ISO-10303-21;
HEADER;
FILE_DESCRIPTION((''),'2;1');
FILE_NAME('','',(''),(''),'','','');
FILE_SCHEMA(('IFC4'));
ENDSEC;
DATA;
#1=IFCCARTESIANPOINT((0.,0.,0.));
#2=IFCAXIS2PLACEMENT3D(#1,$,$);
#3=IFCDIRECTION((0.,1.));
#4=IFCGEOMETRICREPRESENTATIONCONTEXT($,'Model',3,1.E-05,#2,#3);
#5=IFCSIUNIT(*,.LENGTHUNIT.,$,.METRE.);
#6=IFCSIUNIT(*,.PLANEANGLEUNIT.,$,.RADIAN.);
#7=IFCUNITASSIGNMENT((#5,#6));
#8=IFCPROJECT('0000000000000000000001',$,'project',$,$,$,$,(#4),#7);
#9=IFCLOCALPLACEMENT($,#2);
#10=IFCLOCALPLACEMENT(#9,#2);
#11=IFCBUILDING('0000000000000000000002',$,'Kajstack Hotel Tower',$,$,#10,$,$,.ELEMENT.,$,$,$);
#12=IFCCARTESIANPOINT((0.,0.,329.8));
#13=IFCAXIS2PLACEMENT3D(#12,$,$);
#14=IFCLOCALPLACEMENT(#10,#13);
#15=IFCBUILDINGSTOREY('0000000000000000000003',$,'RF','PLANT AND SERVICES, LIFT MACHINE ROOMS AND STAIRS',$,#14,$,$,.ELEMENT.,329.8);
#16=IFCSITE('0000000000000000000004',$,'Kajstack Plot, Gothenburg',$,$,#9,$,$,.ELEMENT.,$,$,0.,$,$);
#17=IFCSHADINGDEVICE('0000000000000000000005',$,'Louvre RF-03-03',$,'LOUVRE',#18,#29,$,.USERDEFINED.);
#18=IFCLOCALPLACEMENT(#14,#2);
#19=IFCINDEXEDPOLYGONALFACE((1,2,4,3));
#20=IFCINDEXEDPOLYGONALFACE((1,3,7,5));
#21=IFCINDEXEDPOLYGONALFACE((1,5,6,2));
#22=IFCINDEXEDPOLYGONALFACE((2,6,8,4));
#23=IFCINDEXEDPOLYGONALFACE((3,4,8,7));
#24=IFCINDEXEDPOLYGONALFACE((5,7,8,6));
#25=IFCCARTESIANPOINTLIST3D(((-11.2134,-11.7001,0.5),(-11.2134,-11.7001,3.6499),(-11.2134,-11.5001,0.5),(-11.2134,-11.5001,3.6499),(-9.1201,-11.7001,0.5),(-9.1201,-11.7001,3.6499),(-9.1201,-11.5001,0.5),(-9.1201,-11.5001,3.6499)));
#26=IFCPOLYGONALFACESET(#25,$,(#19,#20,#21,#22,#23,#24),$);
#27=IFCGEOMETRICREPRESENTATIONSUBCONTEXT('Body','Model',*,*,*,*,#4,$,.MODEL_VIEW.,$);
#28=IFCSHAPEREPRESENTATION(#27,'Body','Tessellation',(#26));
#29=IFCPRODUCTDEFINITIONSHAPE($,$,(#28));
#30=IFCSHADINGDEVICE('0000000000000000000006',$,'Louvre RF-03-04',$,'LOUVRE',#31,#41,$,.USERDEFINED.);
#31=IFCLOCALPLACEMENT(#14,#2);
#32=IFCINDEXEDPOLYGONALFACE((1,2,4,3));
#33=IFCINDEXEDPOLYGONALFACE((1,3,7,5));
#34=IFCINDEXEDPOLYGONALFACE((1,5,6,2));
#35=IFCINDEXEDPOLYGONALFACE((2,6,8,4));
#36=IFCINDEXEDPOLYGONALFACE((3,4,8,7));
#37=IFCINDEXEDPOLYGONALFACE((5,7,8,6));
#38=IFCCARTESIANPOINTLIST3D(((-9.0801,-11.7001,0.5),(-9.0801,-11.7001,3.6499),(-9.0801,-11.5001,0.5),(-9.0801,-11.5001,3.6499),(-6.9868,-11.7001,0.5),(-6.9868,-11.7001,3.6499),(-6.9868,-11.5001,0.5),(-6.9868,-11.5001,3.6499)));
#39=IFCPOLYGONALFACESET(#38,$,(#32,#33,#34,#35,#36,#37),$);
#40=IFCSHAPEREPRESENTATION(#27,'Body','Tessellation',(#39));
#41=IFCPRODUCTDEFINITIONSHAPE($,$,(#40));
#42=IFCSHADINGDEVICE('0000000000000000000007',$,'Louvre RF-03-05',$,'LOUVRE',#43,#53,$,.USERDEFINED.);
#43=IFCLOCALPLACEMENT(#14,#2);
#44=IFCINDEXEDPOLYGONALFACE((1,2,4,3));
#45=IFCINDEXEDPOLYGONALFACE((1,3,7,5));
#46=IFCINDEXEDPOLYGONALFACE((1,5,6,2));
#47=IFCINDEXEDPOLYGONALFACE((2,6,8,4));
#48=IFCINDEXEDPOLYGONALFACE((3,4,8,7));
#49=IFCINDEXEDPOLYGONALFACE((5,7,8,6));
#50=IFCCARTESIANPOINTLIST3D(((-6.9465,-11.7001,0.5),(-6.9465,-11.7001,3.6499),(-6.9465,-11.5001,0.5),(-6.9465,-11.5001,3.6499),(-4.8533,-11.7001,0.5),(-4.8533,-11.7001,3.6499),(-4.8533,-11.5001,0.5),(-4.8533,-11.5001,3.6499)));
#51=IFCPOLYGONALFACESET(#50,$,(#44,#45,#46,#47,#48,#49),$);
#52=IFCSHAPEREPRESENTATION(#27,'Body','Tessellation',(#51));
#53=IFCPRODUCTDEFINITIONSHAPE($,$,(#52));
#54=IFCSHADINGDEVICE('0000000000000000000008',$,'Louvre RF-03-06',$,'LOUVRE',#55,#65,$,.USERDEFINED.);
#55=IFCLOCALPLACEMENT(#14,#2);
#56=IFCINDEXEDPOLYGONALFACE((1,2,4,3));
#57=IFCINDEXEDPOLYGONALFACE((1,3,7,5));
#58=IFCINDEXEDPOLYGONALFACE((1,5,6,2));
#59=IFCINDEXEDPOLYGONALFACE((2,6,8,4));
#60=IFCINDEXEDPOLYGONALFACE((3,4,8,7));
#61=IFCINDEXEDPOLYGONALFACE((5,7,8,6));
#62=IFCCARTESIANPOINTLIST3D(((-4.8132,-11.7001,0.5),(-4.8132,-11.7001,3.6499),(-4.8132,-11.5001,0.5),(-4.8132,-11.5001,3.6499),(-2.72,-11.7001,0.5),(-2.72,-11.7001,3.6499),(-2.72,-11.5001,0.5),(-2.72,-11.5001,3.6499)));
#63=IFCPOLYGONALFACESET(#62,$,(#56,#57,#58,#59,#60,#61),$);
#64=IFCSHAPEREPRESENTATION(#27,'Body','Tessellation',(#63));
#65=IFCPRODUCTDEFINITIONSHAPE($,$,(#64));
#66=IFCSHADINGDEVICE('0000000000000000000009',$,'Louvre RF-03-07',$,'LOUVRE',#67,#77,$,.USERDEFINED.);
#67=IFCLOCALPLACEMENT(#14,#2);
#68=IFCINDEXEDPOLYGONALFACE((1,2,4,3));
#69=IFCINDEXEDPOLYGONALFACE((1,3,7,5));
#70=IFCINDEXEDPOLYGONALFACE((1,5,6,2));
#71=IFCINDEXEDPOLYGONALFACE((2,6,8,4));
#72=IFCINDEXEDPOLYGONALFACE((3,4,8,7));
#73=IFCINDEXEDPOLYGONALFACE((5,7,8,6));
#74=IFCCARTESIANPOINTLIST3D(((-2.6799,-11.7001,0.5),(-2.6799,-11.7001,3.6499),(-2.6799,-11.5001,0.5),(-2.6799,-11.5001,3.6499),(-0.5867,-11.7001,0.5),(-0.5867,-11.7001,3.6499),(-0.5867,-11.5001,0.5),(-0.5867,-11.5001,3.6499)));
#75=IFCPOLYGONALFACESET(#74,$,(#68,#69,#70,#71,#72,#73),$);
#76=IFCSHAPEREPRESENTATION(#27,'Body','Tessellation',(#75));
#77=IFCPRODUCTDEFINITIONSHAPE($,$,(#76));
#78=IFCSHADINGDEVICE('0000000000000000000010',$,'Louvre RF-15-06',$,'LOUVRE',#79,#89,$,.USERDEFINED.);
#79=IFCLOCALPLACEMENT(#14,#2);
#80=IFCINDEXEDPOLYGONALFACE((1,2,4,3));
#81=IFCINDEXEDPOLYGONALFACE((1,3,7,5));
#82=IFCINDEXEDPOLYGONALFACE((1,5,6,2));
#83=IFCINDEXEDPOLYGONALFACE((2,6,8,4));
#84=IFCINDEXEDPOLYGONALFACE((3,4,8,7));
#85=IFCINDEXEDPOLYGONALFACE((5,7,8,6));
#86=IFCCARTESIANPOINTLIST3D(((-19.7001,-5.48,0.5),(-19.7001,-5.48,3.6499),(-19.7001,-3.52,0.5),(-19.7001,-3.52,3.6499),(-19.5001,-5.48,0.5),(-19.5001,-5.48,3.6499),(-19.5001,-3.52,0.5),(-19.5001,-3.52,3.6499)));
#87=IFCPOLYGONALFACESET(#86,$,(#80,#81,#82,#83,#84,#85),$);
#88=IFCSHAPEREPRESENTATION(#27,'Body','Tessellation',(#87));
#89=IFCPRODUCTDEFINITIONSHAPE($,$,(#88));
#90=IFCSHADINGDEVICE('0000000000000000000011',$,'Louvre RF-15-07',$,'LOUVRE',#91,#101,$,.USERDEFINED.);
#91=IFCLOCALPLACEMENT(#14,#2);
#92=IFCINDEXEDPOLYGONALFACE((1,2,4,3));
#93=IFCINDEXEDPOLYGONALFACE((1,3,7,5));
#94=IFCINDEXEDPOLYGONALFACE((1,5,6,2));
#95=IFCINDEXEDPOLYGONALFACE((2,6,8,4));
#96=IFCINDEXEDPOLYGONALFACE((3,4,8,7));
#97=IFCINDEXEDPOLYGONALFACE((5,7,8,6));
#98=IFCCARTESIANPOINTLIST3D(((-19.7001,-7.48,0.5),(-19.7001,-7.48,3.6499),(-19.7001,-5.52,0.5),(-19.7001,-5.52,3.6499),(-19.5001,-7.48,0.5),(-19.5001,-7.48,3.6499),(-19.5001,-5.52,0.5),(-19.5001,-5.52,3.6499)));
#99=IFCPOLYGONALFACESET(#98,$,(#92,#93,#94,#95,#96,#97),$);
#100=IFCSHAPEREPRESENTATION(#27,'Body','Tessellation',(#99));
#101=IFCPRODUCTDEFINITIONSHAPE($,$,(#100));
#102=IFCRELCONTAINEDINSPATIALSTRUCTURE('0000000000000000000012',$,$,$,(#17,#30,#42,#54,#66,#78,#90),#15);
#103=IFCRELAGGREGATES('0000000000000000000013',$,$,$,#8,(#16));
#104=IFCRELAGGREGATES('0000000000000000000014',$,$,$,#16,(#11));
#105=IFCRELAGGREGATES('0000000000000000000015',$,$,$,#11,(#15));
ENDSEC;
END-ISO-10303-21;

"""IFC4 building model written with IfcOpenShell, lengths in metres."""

from ifc_helpers import new_model, si_unit, direction, frame, origin, origin_2d, place, context, subcontext, project, spatial, rectangle, extrude, element, save


model = new_model("IFC4")

# Units and contexts
model_context = context("Model", 3, precision=1e-05, world=origin(), true_north=direction((0.0, 1.0)))
body_context = subcontext(model_context, "Body", "Model", "MODEL_VIEW")
ifc_project = project(units=[si_unit("LENGTHUNIT", "METRE"), si_unit("PLANEANGLEUNIT", "RADIAN")], contexts=[model_context])

# Site, building, storey
site_placement = place(None, origin())
site = spatial("IfcSite", under=ifc_project, at=site_placement, Name="Kajstack Plot, Gothenburg", CompositionType="ELEMENT", RefElevation=0.0)
building_placement = place(site_placement, origin())
building = spatial("IfcBuilding", under=site, at=building_placement, Name="Kajstack Hotel Tower", CompositionType="ELEMENT")
storey_placement = place(building_placement, frame((0.0, 0.0, 329.8)))
storey = spatial("IfcBuildingStorey", under=building, at=storey_placement, Name="RF", Description="PLANT AND SERVICES, LIFT MACHINE ROOMS AND STAIRS", CompositionType="ELEMENT", Elevation=329.8)

# Shading devices
for number, where, z_axis, x_axis, name in (
    (1, (-10.1667, -11.6001, 0.5), (0.0, 0.0, 1.0), (1.0, 0.0, 0.0), "Louvre RF-03-03"),
    (2, (-8.0334, -11.6001, 0.5), (0.0, 0.0, 1.0), (1.0, 0.0, 0.0), "Louvre RF-03-04"),
    (3, (-5.8999, -11.6001, 0.5), (0.0, 0.0, 1.0), (1.0, 0.0, 0.0), "Louvre RF-03-05"),
    (4, (-3.7666, -11.6001, 0.5), (0.0, 0.0, 1.0), (1.0, 0.0, 0.0), "Louvre RF-03-06"),
    (5, (-1.6333, -11.6001, 0.5), (0.0, 0.0, 1.0), (1.0, 0.0, 0.0), "Louvre RF-03-07"),
):
    element("IfcShadingDevice", number, at=place(storey_placement, frame(where, z_axis=z_axis, x_axis=x_axis)), inside=storey, Name=name, ObjectType="LOUVRE", PredefinedType="USERDEFINED", context=body_context, shape_type="SweptSolid", body=[
        extrude(rectangle(XDim=2.0933, YDim=0.2, at=origin_2d()), origin(), (0.0, 0.0, 1.0), 3.1499),
    ])
for number, where, z_axis, x_axis, name in (
    (6, (-19.6001, -4.5, 0.5), (0.0, 0.0, 1.0), (0.0, -1.0, 0.0), "Louvre RF-15-06"),
    (7, (-19.6001, -6.5, 0.5), (0.0, 0.0, 1.0), (0.0, -1.0, 0.0), "Louvre RF-15-07"),
):
    element("IfcShadingDevice", number, at=place(storey_placement, frame(where, z_axis=z_axis, x_axis=x_axis)), inside=storey, Name=name, ObjectType="LOUVRE", PredefinedType="USERDEFINED", context=body_context, shape_type="SweptSolid", body=[
        extrude(rectangle(XDim=1.96, YDim=0.2, at=origin_2d()), origin(), (0.0, 0.0, 1.0), 3.1499),
    ])

save(model, "model.ifc")
